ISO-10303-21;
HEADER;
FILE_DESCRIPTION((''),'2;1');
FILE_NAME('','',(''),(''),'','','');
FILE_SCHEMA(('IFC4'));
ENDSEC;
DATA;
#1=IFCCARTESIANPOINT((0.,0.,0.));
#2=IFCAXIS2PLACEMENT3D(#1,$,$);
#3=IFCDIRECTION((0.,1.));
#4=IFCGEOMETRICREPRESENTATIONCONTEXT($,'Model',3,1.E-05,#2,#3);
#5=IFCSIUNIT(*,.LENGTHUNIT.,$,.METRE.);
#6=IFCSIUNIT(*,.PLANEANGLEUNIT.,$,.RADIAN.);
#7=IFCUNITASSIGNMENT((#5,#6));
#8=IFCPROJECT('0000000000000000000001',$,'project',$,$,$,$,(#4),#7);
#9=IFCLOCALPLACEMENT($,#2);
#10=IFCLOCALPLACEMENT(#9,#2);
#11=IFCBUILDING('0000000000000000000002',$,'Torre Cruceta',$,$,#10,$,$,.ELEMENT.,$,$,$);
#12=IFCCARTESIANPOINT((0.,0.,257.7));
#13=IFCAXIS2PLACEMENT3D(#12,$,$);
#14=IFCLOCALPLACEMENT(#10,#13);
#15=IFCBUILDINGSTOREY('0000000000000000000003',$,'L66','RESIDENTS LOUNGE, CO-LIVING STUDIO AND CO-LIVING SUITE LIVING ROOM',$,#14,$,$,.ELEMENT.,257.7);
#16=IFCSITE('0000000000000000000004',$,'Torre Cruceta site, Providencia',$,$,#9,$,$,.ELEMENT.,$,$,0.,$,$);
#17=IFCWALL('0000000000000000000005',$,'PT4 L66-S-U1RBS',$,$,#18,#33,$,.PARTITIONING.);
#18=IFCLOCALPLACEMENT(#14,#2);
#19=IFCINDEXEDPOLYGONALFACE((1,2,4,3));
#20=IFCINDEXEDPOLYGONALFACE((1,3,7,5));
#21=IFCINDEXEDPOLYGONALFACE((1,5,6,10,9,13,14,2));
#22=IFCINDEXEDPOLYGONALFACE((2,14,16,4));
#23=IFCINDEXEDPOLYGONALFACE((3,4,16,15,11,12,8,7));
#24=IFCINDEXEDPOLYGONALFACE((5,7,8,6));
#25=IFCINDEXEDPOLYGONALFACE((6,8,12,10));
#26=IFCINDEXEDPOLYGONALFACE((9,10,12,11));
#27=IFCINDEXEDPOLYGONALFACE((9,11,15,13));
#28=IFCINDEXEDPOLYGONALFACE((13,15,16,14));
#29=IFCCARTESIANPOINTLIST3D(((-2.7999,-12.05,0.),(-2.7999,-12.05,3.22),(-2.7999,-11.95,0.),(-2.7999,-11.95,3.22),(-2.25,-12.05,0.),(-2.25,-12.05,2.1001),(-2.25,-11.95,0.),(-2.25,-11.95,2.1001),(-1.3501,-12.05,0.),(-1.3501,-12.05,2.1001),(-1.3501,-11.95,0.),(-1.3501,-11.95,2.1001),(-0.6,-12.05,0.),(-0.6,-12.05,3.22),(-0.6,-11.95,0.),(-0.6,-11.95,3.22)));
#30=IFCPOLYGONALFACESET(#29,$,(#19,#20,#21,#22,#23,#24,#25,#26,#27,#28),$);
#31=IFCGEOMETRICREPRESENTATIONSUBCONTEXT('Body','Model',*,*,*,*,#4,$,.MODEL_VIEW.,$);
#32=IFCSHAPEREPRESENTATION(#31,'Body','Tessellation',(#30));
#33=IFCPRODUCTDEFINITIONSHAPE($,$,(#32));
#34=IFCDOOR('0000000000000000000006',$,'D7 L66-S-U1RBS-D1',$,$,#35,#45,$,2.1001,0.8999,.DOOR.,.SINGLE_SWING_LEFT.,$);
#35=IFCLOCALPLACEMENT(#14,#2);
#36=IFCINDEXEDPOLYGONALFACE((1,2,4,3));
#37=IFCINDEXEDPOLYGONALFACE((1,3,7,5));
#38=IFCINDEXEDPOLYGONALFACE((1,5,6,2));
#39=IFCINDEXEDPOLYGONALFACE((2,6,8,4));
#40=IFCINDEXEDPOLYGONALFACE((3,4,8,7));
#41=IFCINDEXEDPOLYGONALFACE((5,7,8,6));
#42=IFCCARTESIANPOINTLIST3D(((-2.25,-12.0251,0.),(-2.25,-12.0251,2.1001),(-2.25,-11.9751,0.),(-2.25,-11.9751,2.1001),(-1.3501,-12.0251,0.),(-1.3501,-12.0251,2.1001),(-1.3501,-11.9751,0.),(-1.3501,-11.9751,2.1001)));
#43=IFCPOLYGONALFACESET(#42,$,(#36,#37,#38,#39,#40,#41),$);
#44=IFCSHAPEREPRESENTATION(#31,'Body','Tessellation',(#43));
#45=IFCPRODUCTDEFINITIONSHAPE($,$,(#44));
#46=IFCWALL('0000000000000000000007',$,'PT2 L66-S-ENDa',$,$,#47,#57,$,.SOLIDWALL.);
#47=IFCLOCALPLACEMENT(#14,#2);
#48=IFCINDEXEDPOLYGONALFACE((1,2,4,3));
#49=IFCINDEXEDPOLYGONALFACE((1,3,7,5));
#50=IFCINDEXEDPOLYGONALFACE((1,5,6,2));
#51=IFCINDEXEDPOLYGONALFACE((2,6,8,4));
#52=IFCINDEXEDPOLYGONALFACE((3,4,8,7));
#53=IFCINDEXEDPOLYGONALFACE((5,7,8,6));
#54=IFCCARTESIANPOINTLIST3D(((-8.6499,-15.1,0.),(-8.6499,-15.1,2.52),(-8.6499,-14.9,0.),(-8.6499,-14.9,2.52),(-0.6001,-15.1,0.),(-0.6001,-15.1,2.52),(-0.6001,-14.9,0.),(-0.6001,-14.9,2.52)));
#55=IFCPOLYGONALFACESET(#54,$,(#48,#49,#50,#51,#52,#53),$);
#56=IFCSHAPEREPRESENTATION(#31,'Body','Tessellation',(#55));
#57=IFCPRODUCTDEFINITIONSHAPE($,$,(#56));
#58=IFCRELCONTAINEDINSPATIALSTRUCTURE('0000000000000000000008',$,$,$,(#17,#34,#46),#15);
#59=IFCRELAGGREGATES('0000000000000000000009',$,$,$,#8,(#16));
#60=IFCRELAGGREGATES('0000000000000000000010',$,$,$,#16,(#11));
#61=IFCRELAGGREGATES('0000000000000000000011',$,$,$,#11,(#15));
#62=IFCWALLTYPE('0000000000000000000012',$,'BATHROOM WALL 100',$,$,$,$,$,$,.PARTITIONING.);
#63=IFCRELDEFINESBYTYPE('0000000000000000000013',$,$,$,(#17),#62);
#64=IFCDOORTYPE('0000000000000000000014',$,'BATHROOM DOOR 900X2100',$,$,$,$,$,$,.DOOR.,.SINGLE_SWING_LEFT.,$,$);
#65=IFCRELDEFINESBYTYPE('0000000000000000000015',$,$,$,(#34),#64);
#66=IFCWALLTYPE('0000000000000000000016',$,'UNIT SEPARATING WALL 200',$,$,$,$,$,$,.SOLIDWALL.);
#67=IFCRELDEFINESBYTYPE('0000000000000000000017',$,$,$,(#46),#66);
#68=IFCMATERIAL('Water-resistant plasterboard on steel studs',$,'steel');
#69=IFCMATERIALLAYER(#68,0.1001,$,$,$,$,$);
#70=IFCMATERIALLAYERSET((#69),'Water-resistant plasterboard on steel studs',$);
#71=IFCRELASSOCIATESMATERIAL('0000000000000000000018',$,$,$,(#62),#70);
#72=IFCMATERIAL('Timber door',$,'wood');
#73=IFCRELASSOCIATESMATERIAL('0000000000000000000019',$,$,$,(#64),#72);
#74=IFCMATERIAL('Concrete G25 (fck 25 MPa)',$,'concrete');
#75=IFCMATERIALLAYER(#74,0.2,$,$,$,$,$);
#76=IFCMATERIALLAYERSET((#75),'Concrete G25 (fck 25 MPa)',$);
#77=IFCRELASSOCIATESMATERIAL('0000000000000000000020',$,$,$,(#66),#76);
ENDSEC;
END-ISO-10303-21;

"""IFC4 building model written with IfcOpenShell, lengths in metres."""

from ifc_helpers import new_model, si_unit, direction, frame, frame_2d, origin, place, context, subcontext, project, spatial, rectangle, extrude, material, layer, layer_set, type_object, element, fill, save


model = new_model("IFC4")

# Units and contexts
model_context = context("Model", 3, precision=1e-05, world=origin(), true_north=direction((0.0, 1.0)))
body_context = subcontext(model_context, "Body", "Model", "MODEL_VIEW")
ifc_project = project(units=[si_unit("LENGTHUNIT", "METRE"), si_unit("PLANEANGLEUNIT", "RADIAN")], contexts=[model_context])

# Site, building, storey
site_placement = place(None, origin())
site = spatial("IfcSite", under=ifc_project, at=site_placement, Name="Torre Cruceta site, Providencia", CompositionType="ELEMENT", RefElevation=0.0)
building_placement = place(site_placement, origin())
building = spatial("IfcBuilding", under=site, at=building_placement, Name="Torre Cruceta", CompositionType="ELEMENT")
storey_placement = place(building_placement, frame((0.0, 0.0, 257.7)))
storey = spatial("IfcBuildingStorey", under=building, at=storey_placement, Name="L66", Description="RESIDENTS LOUNGE, CO-LIVING STUDIO AND CO-LIVING SUITE LIVING ROOM", CompositionType="ELEMENT", Elevation=257.7)

# Wall, opening, door
ifc_material_1 = material(Name="Water-resistant plasterboard on steel studs", Category="steel")
ifc_layer_1 = layer(ifc_material_1, 0.1001)
ifc_layer_set_1 = layer_set([ifc_layer_1], Name="Water-resistant plasterboard on steel studs")
wall_type_1 = type_object("IfcWallType", Name="BATHROOM WALL 100", PredefinedType="PARTITIONING", material=ifc_layer_set_1)
wall_1_placement = place(storey_placement, frame((-2.8, -12.0, 0.0), z_axis=(0.0, 0.0, 1.0), x_axis=(1.0, 0.0, 0.0)))
wall_1 = element("IfcWall", 1, at=wall_1_placement, inside=storey, type_object=wall_type_1, Name="PT4 L66-S-U1RBS", PredefinedType="PARTITIONING", context=body_context, shape_type="SweptSolid", body=[
    extrude(rectangle(XDim=2.2, YDim=0.1001, at=frame_2d((1.1001, 0.0))), origin(), (0.0, 0.0, 1.0), 3.22),
])
opening_placement = place(wall_1_placement, frame((0.55, 0.0, 0.0)))
opening = element("IfcOpeningElement", 2, at=opening_placement, cuts=wall_1, PredefinedType="OPENING", context=body_context, shape_type="SweptSolid", body=[
    extrude(rectangle(XDim=0.8999, YDim=2.1001, at=frame_2d((0.45, 1.05))), frame((0.0, 0.0601, 0.0), z_axis=(0.0, -1.0, 0.0), x_axis=(1.0, 0.0, 0.0)), (0.0, 0.0, 1.0), 0.1201),
])
ifc_material_2 = material(Name="Timber door", Category="wood")
door_type = type_object("IfcDoorType", Name="BATHROOM DOOR 900X2100", OperationType="SINGLE_SWING_LEFT", PredefinedType="DOOR", material=ifc_material_2)
door_placement = place(opening_placement, origin())
door = element("IfcDoor", 3, at=door_placement, inside=storey, type_object=door_type, Name="D7 L66-S-U1RBS-D1", OperationType="SINGLE_SWING_LEFT", OverallHeight=2.1001, OverallWidth=0.8999, PredefinedType="DOOR", context=body_context, shape_type="SweptSolid", body=[
    extrude(rectangle(XDim=0.8999, YDim=2.1001, at=frame_2d((0.45, 1.05))), frame((0.0, 0.0249, 0.0), z_axis=(0.0, -1.0, 0.0), x_axis=(1.0, 0.0, 0.0)), (0.0, 0.0, 1.0), 0.05),
])
fill(opening, door)

# Wall
ifc_material_3 = material(Name="Concrete G25 (fck 25 MPa)", Category="concrete")
ifc_layer_2 = layer(ifc_material_3, 0.2)
ifc_layer_set_2 = layer_set([ifc_layer_2], Name="Concrete G25 (fck 25 MPa)")
wall_type_2 = type_object("IfcWallType", Name="UNIT SEPARATING WALL 200", PredefinedType="SOLIDWALL", material=ifc_layer_set_2)
wall_2_placement = place(storey_placement, frame((-8.6499, -15.0, 0.0), z_axis=(0.0, 0.0, 1.0), x_axis=(1.0, 0.0, 0.0)))
element("IfcWall", 4, at=wall_2_placement, inside=storey, type_object=wall_type_2, Name="PT2 L66-S-ENDa", PredefinedType="SOLIDWALL", context=body_context, shape_type="SweptSolid", body=[
    extrude(rectangle(XDim=8.0498, YDim=0.2, at=frame_2d((4.0249, 0.0))), origin(), (0.0, 0.0, 1.0), 2.52),
])

save(model, "model.ifc")
